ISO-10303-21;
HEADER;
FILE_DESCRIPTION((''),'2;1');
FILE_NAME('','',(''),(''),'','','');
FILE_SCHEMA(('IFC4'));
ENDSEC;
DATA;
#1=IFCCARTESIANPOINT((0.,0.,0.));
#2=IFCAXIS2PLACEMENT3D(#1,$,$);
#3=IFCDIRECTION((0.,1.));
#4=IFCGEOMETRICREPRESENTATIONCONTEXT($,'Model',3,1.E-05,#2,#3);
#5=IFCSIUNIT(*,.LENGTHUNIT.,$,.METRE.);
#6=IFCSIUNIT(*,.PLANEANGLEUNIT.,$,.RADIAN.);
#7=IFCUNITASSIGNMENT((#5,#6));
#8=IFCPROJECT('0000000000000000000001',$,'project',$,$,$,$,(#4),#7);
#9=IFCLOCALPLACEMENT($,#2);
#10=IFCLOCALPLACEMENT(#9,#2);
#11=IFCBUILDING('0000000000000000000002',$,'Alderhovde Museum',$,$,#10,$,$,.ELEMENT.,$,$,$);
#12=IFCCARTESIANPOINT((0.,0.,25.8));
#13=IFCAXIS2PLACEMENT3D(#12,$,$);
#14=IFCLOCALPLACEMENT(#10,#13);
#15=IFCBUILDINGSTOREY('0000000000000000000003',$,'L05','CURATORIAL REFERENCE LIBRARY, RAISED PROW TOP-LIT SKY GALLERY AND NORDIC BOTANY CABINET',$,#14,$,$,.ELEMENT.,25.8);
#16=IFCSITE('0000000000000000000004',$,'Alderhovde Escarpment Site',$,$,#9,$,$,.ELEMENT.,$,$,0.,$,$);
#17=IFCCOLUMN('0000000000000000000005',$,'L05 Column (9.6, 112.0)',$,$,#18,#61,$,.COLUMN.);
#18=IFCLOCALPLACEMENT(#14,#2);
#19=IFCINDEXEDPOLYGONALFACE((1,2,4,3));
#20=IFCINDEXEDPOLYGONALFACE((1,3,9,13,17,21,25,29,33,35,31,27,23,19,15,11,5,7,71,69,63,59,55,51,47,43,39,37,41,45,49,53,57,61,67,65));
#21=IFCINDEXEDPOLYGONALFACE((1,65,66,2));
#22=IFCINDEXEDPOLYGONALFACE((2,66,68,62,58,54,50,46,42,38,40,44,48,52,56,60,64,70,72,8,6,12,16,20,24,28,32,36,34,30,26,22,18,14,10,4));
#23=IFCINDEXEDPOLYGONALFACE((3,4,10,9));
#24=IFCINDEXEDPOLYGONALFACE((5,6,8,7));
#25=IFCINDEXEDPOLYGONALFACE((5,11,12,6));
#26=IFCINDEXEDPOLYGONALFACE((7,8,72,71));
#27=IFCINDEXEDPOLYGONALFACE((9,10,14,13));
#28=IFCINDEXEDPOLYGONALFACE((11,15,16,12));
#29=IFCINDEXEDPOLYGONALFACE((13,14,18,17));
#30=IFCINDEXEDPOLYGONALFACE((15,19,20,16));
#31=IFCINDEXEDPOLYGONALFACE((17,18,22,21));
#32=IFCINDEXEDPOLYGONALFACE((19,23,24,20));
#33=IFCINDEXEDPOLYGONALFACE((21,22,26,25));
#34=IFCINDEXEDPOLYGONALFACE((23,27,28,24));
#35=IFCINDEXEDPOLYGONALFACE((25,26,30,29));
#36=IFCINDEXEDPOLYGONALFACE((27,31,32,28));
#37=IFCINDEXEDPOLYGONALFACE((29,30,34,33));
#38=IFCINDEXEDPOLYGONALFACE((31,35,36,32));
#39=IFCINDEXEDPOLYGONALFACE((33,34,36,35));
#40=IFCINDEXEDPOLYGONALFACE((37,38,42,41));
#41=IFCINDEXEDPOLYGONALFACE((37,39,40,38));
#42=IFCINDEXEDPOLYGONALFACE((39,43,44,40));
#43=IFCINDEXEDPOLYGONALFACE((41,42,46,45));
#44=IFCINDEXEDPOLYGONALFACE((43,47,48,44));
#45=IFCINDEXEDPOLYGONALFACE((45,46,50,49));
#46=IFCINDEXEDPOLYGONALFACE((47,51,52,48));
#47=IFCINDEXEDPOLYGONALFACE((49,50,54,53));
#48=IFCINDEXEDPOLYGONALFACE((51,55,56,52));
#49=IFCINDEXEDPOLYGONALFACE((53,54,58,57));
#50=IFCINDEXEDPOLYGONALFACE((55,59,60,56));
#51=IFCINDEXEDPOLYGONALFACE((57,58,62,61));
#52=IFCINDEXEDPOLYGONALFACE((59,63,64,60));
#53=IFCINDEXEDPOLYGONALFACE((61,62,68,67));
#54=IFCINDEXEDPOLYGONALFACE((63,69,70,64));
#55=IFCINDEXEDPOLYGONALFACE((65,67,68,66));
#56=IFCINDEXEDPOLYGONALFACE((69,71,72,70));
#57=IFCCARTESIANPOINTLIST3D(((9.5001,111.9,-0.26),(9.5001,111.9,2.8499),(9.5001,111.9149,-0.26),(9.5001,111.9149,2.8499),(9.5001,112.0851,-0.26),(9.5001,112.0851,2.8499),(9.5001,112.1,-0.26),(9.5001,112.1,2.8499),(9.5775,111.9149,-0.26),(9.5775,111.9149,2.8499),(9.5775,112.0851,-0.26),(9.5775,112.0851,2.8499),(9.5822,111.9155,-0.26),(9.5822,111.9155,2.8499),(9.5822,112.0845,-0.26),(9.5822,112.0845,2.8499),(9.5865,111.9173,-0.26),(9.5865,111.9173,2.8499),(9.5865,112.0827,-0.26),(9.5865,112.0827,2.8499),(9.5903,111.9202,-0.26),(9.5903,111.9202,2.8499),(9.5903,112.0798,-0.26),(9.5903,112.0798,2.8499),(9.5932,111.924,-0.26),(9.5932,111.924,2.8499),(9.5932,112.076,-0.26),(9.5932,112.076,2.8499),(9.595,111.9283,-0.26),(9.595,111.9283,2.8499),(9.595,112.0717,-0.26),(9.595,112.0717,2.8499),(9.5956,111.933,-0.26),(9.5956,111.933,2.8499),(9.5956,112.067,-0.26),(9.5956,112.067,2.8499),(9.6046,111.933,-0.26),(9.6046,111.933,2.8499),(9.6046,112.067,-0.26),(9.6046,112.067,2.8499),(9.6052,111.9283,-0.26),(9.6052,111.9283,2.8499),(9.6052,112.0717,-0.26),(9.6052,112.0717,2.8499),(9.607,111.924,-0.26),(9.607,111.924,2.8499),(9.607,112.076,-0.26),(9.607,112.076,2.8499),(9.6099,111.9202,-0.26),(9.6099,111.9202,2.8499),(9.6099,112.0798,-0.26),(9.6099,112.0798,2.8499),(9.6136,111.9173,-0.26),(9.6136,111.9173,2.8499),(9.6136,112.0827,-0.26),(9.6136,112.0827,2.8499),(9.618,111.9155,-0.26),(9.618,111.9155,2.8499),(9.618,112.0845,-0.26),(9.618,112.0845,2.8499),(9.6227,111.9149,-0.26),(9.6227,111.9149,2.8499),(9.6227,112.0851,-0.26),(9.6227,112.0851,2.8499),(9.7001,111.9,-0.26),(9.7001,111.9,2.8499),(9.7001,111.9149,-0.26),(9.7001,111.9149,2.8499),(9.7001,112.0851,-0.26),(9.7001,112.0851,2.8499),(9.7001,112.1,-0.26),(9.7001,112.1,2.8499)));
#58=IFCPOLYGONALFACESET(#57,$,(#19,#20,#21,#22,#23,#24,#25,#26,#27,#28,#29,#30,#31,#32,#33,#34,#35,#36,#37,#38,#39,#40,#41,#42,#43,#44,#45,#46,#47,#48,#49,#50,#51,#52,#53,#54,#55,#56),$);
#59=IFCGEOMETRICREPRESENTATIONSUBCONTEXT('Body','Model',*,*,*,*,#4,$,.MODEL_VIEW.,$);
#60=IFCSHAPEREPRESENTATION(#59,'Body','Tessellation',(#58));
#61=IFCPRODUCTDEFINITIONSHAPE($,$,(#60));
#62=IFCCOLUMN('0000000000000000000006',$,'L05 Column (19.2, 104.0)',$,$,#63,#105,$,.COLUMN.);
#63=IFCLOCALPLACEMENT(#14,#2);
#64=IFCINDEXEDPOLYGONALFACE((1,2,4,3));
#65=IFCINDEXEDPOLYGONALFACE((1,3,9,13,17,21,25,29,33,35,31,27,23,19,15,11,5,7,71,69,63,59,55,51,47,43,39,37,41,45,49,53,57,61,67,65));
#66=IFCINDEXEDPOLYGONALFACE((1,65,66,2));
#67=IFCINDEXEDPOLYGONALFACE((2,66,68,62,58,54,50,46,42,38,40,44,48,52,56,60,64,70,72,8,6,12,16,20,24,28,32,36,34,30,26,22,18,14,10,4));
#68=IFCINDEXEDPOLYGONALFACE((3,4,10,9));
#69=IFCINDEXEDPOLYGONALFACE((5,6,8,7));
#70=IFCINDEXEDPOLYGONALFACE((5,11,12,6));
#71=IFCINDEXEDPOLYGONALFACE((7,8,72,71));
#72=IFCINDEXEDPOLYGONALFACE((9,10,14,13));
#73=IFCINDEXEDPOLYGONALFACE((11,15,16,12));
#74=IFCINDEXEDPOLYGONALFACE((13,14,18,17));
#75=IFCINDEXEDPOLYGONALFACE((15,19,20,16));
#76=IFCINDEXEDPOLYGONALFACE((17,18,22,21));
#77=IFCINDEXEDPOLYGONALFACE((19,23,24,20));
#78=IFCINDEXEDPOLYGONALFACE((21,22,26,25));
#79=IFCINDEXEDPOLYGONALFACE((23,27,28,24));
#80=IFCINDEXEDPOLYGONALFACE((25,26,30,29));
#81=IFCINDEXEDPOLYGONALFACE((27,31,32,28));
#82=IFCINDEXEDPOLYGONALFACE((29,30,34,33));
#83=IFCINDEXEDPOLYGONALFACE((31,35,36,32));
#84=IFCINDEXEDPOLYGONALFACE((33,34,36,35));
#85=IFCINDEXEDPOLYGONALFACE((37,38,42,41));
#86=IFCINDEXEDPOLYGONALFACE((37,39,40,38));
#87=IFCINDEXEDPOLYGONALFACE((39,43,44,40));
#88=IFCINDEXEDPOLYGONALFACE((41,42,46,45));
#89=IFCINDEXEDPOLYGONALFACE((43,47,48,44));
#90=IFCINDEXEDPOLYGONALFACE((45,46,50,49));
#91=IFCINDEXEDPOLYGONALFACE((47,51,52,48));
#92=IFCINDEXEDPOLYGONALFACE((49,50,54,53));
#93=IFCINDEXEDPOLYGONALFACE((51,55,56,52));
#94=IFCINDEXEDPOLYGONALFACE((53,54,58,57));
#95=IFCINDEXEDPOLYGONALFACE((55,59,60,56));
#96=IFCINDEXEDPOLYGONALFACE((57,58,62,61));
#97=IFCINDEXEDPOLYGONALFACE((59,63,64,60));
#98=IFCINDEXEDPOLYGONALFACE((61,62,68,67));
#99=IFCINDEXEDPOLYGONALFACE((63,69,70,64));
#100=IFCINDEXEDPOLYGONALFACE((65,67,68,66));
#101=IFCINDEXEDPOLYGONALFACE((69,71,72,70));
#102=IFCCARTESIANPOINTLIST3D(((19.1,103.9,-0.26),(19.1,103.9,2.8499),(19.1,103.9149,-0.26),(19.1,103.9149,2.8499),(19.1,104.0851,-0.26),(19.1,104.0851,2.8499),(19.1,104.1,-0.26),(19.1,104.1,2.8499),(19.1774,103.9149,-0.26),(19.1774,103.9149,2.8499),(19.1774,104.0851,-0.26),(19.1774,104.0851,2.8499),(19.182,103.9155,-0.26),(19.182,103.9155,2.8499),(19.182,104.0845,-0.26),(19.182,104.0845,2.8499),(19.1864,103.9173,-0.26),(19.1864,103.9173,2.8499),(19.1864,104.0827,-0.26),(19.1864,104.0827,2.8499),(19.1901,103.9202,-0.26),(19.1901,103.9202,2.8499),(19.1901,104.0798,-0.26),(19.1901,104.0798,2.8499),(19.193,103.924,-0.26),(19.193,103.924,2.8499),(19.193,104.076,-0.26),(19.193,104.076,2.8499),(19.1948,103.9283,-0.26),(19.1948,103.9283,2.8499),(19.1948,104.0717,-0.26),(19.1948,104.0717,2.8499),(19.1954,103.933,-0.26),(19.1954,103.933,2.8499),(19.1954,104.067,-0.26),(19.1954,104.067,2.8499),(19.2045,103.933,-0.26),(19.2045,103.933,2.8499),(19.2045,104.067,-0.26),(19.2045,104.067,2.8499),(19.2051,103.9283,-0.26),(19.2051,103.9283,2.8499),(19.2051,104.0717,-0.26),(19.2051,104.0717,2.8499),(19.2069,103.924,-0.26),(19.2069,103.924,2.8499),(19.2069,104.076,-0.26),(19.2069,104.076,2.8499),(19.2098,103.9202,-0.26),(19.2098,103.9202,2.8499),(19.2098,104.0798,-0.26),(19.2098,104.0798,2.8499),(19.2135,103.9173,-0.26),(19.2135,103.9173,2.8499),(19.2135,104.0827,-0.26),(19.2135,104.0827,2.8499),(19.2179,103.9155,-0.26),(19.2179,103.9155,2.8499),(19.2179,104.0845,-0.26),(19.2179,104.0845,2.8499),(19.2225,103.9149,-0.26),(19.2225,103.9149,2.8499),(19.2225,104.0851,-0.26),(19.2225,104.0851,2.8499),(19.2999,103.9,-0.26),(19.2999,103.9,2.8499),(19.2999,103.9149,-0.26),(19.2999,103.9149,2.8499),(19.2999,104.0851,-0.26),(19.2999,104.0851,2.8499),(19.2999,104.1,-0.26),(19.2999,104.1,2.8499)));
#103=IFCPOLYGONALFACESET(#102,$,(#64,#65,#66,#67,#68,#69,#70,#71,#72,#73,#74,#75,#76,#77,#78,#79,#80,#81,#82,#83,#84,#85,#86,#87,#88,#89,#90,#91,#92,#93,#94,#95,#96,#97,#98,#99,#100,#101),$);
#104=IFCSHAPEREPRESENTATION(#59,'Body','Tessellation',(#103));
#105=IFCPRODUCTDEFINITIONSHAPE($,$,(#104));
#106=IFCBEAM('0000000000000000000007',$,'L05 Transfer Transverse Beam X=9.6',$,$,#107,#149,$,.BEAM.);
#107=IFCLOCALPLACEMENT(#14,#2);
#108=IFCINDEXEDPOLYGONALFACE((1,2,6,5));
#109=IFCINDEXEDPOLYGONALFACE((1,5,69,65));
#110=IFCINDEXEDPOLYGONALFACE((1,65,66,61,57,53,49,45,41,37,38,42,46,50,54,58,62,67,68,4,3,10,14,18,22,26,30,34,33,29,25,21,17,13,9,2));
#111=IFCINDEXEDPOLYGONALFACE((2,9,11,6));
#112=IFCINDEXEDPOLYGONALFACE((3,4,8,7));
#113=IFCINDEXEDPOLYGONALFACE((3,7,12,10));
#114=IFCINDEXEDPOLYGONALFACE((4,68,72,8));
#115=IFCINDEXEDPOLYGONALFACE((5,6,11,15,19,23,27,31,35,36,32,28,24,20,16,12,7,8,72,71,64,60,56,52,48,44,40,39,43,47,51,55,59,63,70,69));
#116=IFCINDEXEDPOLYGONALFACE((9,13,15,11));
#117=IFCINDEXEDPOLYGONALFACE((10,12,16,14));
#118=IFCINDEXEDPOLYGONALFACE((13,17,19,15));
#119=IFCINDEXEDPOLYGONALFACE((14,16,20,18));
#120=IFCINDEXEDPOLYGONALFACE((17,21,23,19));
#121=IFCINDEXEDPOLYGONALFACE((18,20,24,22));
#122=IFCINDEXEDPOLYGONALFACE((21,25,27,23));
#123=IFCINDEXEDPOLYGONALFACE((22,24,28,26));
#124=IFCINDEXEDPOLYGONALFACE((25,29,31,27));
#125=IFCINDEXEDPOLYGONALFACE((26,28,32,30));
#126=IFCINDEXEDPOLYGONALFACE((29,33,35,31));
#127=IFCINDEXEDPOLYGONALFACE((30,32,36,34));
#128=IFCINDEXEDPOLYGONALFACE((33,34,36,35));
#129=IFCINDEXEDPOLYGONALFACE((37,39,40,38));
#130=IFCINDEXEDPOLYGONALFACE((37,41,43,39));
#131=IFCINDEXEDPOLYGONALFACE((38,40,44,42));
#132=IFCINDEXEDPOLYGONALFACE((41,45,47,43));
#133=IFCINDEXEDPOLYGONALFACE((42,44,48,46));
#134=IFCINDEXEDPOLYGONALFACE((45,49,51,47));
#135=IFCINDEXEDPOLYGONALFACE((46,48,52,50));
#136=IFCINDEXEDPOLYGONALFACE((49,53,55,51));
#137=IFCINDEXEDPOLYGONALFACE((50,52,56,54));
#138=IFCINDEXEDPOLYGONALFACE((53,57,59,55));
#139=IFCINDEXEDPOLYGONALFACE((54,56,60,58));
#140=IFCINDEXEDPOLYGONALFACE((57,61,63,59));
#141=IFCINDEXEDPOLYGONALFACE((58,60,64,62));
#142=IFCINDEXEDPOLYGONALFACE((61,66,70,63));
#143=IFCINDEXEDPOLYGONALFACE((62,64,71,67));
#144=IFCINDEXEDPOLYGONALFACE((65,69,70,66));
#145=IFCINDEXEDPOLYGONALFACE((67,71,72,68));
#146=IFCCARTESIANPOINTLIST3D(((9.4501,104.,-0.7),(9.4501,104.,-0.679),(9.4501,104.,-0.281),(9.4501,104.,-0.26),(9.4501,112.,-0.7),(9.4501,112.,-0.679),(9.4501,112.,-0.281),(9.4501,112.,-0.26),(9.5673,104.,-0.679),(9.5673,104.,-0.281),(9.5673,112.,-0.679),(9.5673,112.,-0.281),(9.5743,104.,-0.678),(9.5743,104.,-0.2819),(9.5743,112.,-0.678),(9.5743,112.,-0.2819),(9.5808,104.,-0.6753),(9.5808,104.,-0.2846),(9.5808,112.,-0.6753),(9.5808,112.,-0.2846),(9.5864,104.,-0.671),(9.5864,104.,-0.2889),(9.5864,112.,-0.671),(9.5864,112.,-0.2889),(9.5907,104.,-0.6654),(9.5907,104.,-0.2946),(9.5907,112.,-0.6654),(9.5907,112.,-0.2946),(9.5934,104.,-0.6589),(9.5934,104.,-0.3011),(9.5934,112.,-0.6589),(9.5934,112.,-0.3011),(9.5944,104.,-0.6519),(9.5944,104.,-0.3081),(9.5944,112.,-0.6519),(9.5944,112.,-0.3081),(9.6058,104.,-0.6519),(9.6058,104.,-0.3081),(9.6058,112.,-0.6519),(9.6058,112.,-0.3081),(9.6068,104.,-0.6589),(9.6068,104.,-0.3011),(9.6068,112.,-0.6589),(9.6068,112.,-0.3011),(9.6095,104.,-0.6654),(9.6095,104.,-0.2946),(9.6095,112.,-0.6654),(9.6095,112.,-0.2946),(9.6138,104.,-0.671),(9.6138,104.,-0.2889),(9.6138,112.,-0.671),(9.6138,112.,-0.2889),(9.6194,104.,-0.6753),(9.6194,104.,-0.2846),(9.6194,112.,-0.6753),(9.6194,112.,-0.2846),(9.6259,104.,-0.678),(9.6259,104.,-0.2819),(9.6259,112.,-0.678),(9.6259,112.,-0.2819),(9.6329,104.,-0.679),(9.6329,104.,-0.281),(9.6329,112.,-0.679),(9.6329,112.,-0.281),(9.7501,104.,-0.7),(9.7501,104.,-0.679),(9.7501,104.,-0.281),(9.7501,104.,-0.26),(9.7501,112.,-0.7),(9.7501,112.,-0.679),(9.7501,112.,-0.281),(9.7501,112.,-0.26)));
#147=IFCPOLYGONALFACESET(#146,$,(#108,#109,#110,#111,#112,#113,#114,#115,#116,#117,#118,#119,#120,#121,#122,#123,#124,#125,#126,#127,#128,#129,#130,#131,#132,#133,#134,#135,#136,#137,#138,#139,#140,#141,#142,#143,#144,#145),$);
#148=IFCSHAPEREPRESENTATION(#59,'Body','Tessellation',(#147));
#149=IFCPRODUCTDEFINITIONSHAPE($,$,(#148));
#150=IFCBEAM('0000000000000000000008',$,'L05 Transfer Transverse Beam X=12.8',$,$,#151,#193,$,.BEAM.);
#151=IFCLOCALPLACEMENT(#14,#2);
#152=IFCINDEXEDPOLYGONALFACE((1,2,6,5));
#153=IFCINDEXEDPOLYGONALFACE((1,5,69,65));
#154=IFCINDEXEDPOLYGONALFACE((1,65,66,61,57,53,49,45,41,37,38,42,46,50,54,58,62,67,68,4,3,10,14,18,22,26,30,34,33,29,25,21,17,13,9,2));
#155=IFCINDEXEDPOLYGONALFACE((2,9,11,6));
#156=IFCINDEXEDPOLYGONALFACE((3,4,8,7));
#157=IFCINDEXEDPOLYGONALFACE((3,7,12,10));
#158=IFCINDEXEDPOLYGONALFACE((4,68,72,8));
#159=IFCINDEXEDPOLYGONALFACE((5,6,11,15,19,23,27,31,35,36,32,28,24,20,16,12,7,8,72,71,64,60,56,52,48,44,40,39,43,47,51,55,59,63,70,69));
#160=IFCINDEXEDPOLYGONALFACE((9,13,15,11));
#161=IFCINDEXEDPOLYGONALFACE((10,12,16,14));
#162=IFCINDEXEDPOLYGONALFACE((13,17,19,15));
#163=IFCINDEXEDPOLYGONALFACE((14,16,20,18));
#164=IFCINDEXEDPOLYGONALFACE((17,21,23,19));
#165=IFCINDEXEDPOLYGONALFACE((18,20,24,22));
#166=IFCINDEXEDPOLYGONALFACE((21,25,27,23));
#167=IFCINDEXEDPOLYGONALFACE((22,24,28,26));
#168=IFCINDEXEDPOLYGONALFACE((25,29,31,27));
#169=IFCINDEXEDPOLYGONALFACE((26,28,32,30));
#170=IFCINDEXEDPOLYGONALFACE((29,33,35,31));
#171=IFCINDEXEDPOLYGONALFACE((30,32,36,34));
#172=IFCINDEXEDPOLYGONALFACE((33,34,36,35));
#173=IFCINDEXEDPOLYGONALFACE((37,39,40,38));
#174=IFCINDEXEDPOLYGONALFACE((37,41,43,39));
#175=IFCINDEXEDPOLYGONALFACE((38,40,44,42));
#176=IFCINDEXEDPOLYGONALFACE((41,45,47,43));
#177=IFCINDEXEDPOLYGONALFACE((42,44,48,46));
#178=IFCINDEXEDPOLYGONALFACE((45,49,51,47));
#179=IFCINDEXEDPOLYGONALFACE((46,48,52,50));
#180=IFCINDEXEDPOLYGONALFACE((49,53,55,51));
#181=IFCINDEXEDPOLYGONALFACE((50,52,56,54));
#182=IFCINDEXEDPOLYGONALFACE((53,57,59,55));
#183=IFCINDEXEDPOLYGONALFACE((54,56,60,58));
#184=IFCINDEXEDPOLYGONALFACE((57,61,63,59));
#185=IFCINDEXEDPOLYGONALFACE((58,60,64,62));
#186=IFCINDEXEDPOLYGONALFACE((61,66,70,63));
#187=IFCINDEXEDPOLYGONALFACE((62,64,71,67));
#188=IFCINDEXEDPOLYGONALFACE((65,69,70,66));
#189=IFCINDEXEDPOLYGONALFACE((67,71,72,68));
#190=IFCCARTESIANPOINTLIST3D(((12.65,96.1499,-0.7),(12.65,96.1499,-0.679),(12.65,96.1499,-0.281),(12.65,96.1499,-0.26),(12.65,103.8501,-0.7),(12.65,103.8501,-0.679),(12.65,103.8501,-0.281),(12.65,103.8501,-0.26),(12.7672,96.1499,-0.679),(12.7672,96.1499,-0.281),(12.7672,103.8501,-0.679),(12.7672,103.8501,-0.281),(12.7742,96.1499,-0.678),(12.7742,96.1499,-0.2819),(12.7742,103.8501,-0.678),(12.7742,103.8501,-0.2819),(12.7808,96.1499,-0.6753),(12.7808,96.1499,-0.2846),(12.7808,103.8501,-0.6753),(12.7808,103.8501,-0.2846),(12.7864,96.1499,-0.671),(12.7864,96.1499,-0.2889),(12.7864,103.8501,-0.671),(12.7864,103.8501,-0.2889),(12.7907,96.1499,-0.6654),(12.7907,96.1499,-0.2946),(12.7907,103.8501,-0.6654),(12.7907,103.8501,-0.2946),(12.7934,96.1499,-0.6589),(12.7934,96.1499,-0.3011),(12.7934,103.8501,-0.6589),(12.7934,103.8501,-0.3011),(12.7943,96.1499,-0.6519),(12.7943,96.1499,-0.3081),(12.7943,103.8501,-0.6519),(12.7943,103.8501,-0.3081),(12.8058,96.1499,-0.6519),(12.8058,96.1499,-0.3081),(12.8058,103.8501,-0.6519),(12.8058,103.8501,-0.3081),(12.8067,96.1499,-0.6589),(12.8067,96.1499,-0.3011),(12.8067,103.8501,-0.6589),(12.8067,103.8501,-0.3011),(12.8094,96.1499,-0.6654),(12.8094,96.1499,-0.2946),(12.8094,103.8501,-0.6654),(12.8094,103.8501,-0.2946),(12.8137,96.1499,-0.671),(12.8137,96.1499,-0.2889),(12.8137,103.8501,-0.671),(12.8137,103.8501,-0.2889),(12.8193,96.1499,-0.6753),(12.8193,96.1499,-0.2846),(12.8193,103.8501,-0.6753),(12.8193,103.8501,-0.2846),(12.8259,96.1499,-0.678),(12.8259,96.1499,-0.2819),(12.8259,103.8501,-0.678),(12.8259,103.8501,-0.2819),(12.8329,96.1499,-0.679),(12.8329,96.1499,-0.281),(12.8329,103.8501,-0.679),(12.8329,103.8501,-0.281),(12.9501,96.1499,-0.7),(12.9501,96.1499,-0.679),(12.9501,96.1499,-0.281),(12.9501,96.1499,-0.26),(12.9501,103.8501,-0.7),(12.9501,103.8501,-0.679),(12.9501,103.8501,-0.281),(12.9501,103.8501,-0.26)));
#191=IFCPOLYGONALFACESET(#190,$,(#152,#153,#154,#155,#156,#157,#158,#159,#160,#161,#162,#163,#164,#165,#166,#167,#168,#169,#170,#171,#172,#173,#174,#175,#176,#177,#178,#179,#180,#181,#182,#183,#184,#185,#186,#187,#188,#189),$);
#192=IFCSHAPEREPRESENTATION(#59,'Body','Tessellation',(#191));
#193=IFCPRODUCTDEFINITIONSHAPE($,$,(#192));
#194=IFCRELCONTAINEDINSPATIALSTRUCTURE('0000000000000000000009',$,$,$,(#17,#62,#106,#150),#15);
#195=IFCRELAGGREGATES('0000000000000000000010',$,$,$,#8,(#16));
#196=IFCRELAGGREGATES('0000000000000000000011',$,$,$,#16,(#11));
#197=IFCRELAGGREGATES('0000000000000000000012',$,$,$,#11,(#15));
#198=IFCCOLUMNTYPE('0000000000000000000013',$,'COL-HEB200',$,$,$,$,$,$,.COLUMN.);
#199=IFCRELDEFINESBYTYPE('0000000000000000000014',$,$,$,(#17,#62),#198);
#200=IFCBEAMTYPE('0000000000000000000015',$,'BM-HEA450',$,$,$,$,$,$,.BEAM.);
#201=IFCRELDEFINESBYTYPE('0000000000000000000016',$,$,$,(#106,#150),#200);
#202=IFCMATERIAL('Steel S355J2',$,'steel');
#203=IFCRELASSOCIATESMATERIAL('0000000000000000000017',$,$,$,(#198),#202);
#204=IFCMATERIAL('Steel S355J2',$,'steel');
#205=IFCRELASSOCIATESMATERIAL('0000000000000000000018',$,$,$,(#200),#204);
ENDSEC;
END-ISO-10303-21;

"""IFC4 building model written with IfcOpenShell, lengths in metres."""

from ifc_helpers import new_model, si_unit, direction, frame, origin, origin_2d, place, context, subcontext, project, spatial, i_section, extrude, material, material_profile, profile_set, type_object, element, save


model = new_model("IFC4")

# Units and contexts
model_context = context("Model", 3, precision=1e-05, world=origin(), true_north=direction((0.0, 1.0)))
body_context = subcontext(model_context, "Body", "Model", "MODEL_VIEW")
ifc_project = project(units=[si_unit("LENGTHUNIT", "METRE"), si_unit("PLANEANGLEUNIT", "RADIAN")], contexts=[model_context])

# Site, building, storey
site_placement = place(None, origin())
site = spatial("IfcSite", under=ifc_project, at=site_placement, Name="Alderhovde Escarpment Site", CompositionType="ELEMENT", RefElevation=0.0)
building_placement = place(site_placement, origin())
building = spatial("IfcBuilding", under=site, at=building_placement, Name="Alderhovde Museum", CompositionType="ELEMENT")
storey_placement = place(building_placement, frame((0.0, 0.0, 25.8)))
storey = spatial("IfcBuildingStorey", under=building, at=storey_placement, Name="L05", Description="CURATORIAL REFERENCE LIBRARY, RAISED PROW TOP-LIT SKY GALLERY AND NORDIC BOTANY CABINET", CompositionType="ELEMENT", Elevation=25.8)

# Columns
ifc_material_1 = material(Name="Steel S355J2", Category="steel")
ifc_material_profile_1 = material_profile(ifc_material_1, i_section(OverallWidth=0.2, OverallDepth=0.2, WebThickness=0.009, FlangeThickness=0.0149, FilletRadius=0.0181, at=origin_2d()), Name="HEB 200")
ifc_profile_set_1 = profile_set([ifc_material_profile_1], Name="Steel S355J2")
column_type_1 = type_object("IfcColumnType", Name="COL-HEB200", PredefinedType="COLUMN", material=ifc_profile_set_1)
for number, where, z_axis, x_axis, name in (
    (1, (9.6001, 112.0, -0.26), (0.0, 0.0, 1.0), (1.0, 0.0, 0.0), "L05 Column (9.6, 112.0)"),
    (2, (19.2, 104.0, -0.26), (0.0, 0.0, 1.0), (1.0, 0.0, 0.0), "L05 Column (19.2, 104.0)"),
):
    element("IfcColumn", number, at=place(storey_placement, frame(where, z_axis=z_axis, x_axis=x_axis)), inside=storey, type_object=column_type_1, Name=name, PredefinedType="COLUMN", context=body_context, shape_type="SweptSolid", body=[
        extrude(i_section(OverallWidth=0.2, OverallDepth=0.2, WebThickness=0.009, FlangeThickness=0.0149, FilletRadius=0.0181, at=origin_2d()), origin(), (0.0, 0.0, 1.0), 3.1099),
    ])

# Beams
ifc_material_2 = material(Name="Steel S355J2", Category="steel")
ifc_material_profile_2 = material_profile(ifc_material_2, i_section(OverallWidth=0.3, OverallDepth=0.4399, WebThickness=0.0115, FlangeThickness=0.021, FilletRadius=0.0271, at=origin_2d()), Name="HEA 450")
ifc_profile_set_2 = profile_set([ifc_material_profile_2], Name="Steel S355J2")
beam_type = type_object("IfcBeamType", Name="BM-HEA450", PredefinedType="BEAM", material=ifc_profile_set_2)
beam_1_placement = place(storey_placement, frame((9.6001, 104.0, -0.48), z_axis=(0.0, 1.0, 0.0), x_axis=(-1.0, 0.0, 0.0)))
element("IfcBeam", 3, at=beam_1_placement, inside=storey, type_object=beam_type, Name="L05 Transfer Transverse Beam X=9.6", PredefinedType="BEAM", context=body_context, shape_type="SweptSolid", body=[
    extrude(i_section(OverallWidth=0.3, OverallDepth=0.4399, WebThickness=0.0115, FlangeThickness=0.021, FilletRadius=0.0271, at=origin_2d()), origin(), (0.0, 0.0, 1.0), 8.0),
])
for number, where, z_axis, x_axis, name in (
    (4, (12.8, 96.1499, -0.48), (0.0, 1.0, 0.0), (-1.0, 0.0, 0.0), "L05 Transfer Transverse Beam X=12.8"),
):
    element("IfcBeam", number, at=place(storey_placement, frame(where, z_axis=z_axis, x_axis=x_axis)), inside=storey, type_object=beam_type, Name=name, PredefinedType="BEAM", context=body_context, shape_type="SweptSolid", body=[
        extrude(i_section(OverallWidth=0.3, OverallDepth=0.4399, WebThickness=0.0115, FlangeThickness=0.021, FilletRadius=0.0271, at=origin_2d()), origin(), (0.0, 0.0, 1.0), 7.7002),
    ])

save(model, "model.ifc")
